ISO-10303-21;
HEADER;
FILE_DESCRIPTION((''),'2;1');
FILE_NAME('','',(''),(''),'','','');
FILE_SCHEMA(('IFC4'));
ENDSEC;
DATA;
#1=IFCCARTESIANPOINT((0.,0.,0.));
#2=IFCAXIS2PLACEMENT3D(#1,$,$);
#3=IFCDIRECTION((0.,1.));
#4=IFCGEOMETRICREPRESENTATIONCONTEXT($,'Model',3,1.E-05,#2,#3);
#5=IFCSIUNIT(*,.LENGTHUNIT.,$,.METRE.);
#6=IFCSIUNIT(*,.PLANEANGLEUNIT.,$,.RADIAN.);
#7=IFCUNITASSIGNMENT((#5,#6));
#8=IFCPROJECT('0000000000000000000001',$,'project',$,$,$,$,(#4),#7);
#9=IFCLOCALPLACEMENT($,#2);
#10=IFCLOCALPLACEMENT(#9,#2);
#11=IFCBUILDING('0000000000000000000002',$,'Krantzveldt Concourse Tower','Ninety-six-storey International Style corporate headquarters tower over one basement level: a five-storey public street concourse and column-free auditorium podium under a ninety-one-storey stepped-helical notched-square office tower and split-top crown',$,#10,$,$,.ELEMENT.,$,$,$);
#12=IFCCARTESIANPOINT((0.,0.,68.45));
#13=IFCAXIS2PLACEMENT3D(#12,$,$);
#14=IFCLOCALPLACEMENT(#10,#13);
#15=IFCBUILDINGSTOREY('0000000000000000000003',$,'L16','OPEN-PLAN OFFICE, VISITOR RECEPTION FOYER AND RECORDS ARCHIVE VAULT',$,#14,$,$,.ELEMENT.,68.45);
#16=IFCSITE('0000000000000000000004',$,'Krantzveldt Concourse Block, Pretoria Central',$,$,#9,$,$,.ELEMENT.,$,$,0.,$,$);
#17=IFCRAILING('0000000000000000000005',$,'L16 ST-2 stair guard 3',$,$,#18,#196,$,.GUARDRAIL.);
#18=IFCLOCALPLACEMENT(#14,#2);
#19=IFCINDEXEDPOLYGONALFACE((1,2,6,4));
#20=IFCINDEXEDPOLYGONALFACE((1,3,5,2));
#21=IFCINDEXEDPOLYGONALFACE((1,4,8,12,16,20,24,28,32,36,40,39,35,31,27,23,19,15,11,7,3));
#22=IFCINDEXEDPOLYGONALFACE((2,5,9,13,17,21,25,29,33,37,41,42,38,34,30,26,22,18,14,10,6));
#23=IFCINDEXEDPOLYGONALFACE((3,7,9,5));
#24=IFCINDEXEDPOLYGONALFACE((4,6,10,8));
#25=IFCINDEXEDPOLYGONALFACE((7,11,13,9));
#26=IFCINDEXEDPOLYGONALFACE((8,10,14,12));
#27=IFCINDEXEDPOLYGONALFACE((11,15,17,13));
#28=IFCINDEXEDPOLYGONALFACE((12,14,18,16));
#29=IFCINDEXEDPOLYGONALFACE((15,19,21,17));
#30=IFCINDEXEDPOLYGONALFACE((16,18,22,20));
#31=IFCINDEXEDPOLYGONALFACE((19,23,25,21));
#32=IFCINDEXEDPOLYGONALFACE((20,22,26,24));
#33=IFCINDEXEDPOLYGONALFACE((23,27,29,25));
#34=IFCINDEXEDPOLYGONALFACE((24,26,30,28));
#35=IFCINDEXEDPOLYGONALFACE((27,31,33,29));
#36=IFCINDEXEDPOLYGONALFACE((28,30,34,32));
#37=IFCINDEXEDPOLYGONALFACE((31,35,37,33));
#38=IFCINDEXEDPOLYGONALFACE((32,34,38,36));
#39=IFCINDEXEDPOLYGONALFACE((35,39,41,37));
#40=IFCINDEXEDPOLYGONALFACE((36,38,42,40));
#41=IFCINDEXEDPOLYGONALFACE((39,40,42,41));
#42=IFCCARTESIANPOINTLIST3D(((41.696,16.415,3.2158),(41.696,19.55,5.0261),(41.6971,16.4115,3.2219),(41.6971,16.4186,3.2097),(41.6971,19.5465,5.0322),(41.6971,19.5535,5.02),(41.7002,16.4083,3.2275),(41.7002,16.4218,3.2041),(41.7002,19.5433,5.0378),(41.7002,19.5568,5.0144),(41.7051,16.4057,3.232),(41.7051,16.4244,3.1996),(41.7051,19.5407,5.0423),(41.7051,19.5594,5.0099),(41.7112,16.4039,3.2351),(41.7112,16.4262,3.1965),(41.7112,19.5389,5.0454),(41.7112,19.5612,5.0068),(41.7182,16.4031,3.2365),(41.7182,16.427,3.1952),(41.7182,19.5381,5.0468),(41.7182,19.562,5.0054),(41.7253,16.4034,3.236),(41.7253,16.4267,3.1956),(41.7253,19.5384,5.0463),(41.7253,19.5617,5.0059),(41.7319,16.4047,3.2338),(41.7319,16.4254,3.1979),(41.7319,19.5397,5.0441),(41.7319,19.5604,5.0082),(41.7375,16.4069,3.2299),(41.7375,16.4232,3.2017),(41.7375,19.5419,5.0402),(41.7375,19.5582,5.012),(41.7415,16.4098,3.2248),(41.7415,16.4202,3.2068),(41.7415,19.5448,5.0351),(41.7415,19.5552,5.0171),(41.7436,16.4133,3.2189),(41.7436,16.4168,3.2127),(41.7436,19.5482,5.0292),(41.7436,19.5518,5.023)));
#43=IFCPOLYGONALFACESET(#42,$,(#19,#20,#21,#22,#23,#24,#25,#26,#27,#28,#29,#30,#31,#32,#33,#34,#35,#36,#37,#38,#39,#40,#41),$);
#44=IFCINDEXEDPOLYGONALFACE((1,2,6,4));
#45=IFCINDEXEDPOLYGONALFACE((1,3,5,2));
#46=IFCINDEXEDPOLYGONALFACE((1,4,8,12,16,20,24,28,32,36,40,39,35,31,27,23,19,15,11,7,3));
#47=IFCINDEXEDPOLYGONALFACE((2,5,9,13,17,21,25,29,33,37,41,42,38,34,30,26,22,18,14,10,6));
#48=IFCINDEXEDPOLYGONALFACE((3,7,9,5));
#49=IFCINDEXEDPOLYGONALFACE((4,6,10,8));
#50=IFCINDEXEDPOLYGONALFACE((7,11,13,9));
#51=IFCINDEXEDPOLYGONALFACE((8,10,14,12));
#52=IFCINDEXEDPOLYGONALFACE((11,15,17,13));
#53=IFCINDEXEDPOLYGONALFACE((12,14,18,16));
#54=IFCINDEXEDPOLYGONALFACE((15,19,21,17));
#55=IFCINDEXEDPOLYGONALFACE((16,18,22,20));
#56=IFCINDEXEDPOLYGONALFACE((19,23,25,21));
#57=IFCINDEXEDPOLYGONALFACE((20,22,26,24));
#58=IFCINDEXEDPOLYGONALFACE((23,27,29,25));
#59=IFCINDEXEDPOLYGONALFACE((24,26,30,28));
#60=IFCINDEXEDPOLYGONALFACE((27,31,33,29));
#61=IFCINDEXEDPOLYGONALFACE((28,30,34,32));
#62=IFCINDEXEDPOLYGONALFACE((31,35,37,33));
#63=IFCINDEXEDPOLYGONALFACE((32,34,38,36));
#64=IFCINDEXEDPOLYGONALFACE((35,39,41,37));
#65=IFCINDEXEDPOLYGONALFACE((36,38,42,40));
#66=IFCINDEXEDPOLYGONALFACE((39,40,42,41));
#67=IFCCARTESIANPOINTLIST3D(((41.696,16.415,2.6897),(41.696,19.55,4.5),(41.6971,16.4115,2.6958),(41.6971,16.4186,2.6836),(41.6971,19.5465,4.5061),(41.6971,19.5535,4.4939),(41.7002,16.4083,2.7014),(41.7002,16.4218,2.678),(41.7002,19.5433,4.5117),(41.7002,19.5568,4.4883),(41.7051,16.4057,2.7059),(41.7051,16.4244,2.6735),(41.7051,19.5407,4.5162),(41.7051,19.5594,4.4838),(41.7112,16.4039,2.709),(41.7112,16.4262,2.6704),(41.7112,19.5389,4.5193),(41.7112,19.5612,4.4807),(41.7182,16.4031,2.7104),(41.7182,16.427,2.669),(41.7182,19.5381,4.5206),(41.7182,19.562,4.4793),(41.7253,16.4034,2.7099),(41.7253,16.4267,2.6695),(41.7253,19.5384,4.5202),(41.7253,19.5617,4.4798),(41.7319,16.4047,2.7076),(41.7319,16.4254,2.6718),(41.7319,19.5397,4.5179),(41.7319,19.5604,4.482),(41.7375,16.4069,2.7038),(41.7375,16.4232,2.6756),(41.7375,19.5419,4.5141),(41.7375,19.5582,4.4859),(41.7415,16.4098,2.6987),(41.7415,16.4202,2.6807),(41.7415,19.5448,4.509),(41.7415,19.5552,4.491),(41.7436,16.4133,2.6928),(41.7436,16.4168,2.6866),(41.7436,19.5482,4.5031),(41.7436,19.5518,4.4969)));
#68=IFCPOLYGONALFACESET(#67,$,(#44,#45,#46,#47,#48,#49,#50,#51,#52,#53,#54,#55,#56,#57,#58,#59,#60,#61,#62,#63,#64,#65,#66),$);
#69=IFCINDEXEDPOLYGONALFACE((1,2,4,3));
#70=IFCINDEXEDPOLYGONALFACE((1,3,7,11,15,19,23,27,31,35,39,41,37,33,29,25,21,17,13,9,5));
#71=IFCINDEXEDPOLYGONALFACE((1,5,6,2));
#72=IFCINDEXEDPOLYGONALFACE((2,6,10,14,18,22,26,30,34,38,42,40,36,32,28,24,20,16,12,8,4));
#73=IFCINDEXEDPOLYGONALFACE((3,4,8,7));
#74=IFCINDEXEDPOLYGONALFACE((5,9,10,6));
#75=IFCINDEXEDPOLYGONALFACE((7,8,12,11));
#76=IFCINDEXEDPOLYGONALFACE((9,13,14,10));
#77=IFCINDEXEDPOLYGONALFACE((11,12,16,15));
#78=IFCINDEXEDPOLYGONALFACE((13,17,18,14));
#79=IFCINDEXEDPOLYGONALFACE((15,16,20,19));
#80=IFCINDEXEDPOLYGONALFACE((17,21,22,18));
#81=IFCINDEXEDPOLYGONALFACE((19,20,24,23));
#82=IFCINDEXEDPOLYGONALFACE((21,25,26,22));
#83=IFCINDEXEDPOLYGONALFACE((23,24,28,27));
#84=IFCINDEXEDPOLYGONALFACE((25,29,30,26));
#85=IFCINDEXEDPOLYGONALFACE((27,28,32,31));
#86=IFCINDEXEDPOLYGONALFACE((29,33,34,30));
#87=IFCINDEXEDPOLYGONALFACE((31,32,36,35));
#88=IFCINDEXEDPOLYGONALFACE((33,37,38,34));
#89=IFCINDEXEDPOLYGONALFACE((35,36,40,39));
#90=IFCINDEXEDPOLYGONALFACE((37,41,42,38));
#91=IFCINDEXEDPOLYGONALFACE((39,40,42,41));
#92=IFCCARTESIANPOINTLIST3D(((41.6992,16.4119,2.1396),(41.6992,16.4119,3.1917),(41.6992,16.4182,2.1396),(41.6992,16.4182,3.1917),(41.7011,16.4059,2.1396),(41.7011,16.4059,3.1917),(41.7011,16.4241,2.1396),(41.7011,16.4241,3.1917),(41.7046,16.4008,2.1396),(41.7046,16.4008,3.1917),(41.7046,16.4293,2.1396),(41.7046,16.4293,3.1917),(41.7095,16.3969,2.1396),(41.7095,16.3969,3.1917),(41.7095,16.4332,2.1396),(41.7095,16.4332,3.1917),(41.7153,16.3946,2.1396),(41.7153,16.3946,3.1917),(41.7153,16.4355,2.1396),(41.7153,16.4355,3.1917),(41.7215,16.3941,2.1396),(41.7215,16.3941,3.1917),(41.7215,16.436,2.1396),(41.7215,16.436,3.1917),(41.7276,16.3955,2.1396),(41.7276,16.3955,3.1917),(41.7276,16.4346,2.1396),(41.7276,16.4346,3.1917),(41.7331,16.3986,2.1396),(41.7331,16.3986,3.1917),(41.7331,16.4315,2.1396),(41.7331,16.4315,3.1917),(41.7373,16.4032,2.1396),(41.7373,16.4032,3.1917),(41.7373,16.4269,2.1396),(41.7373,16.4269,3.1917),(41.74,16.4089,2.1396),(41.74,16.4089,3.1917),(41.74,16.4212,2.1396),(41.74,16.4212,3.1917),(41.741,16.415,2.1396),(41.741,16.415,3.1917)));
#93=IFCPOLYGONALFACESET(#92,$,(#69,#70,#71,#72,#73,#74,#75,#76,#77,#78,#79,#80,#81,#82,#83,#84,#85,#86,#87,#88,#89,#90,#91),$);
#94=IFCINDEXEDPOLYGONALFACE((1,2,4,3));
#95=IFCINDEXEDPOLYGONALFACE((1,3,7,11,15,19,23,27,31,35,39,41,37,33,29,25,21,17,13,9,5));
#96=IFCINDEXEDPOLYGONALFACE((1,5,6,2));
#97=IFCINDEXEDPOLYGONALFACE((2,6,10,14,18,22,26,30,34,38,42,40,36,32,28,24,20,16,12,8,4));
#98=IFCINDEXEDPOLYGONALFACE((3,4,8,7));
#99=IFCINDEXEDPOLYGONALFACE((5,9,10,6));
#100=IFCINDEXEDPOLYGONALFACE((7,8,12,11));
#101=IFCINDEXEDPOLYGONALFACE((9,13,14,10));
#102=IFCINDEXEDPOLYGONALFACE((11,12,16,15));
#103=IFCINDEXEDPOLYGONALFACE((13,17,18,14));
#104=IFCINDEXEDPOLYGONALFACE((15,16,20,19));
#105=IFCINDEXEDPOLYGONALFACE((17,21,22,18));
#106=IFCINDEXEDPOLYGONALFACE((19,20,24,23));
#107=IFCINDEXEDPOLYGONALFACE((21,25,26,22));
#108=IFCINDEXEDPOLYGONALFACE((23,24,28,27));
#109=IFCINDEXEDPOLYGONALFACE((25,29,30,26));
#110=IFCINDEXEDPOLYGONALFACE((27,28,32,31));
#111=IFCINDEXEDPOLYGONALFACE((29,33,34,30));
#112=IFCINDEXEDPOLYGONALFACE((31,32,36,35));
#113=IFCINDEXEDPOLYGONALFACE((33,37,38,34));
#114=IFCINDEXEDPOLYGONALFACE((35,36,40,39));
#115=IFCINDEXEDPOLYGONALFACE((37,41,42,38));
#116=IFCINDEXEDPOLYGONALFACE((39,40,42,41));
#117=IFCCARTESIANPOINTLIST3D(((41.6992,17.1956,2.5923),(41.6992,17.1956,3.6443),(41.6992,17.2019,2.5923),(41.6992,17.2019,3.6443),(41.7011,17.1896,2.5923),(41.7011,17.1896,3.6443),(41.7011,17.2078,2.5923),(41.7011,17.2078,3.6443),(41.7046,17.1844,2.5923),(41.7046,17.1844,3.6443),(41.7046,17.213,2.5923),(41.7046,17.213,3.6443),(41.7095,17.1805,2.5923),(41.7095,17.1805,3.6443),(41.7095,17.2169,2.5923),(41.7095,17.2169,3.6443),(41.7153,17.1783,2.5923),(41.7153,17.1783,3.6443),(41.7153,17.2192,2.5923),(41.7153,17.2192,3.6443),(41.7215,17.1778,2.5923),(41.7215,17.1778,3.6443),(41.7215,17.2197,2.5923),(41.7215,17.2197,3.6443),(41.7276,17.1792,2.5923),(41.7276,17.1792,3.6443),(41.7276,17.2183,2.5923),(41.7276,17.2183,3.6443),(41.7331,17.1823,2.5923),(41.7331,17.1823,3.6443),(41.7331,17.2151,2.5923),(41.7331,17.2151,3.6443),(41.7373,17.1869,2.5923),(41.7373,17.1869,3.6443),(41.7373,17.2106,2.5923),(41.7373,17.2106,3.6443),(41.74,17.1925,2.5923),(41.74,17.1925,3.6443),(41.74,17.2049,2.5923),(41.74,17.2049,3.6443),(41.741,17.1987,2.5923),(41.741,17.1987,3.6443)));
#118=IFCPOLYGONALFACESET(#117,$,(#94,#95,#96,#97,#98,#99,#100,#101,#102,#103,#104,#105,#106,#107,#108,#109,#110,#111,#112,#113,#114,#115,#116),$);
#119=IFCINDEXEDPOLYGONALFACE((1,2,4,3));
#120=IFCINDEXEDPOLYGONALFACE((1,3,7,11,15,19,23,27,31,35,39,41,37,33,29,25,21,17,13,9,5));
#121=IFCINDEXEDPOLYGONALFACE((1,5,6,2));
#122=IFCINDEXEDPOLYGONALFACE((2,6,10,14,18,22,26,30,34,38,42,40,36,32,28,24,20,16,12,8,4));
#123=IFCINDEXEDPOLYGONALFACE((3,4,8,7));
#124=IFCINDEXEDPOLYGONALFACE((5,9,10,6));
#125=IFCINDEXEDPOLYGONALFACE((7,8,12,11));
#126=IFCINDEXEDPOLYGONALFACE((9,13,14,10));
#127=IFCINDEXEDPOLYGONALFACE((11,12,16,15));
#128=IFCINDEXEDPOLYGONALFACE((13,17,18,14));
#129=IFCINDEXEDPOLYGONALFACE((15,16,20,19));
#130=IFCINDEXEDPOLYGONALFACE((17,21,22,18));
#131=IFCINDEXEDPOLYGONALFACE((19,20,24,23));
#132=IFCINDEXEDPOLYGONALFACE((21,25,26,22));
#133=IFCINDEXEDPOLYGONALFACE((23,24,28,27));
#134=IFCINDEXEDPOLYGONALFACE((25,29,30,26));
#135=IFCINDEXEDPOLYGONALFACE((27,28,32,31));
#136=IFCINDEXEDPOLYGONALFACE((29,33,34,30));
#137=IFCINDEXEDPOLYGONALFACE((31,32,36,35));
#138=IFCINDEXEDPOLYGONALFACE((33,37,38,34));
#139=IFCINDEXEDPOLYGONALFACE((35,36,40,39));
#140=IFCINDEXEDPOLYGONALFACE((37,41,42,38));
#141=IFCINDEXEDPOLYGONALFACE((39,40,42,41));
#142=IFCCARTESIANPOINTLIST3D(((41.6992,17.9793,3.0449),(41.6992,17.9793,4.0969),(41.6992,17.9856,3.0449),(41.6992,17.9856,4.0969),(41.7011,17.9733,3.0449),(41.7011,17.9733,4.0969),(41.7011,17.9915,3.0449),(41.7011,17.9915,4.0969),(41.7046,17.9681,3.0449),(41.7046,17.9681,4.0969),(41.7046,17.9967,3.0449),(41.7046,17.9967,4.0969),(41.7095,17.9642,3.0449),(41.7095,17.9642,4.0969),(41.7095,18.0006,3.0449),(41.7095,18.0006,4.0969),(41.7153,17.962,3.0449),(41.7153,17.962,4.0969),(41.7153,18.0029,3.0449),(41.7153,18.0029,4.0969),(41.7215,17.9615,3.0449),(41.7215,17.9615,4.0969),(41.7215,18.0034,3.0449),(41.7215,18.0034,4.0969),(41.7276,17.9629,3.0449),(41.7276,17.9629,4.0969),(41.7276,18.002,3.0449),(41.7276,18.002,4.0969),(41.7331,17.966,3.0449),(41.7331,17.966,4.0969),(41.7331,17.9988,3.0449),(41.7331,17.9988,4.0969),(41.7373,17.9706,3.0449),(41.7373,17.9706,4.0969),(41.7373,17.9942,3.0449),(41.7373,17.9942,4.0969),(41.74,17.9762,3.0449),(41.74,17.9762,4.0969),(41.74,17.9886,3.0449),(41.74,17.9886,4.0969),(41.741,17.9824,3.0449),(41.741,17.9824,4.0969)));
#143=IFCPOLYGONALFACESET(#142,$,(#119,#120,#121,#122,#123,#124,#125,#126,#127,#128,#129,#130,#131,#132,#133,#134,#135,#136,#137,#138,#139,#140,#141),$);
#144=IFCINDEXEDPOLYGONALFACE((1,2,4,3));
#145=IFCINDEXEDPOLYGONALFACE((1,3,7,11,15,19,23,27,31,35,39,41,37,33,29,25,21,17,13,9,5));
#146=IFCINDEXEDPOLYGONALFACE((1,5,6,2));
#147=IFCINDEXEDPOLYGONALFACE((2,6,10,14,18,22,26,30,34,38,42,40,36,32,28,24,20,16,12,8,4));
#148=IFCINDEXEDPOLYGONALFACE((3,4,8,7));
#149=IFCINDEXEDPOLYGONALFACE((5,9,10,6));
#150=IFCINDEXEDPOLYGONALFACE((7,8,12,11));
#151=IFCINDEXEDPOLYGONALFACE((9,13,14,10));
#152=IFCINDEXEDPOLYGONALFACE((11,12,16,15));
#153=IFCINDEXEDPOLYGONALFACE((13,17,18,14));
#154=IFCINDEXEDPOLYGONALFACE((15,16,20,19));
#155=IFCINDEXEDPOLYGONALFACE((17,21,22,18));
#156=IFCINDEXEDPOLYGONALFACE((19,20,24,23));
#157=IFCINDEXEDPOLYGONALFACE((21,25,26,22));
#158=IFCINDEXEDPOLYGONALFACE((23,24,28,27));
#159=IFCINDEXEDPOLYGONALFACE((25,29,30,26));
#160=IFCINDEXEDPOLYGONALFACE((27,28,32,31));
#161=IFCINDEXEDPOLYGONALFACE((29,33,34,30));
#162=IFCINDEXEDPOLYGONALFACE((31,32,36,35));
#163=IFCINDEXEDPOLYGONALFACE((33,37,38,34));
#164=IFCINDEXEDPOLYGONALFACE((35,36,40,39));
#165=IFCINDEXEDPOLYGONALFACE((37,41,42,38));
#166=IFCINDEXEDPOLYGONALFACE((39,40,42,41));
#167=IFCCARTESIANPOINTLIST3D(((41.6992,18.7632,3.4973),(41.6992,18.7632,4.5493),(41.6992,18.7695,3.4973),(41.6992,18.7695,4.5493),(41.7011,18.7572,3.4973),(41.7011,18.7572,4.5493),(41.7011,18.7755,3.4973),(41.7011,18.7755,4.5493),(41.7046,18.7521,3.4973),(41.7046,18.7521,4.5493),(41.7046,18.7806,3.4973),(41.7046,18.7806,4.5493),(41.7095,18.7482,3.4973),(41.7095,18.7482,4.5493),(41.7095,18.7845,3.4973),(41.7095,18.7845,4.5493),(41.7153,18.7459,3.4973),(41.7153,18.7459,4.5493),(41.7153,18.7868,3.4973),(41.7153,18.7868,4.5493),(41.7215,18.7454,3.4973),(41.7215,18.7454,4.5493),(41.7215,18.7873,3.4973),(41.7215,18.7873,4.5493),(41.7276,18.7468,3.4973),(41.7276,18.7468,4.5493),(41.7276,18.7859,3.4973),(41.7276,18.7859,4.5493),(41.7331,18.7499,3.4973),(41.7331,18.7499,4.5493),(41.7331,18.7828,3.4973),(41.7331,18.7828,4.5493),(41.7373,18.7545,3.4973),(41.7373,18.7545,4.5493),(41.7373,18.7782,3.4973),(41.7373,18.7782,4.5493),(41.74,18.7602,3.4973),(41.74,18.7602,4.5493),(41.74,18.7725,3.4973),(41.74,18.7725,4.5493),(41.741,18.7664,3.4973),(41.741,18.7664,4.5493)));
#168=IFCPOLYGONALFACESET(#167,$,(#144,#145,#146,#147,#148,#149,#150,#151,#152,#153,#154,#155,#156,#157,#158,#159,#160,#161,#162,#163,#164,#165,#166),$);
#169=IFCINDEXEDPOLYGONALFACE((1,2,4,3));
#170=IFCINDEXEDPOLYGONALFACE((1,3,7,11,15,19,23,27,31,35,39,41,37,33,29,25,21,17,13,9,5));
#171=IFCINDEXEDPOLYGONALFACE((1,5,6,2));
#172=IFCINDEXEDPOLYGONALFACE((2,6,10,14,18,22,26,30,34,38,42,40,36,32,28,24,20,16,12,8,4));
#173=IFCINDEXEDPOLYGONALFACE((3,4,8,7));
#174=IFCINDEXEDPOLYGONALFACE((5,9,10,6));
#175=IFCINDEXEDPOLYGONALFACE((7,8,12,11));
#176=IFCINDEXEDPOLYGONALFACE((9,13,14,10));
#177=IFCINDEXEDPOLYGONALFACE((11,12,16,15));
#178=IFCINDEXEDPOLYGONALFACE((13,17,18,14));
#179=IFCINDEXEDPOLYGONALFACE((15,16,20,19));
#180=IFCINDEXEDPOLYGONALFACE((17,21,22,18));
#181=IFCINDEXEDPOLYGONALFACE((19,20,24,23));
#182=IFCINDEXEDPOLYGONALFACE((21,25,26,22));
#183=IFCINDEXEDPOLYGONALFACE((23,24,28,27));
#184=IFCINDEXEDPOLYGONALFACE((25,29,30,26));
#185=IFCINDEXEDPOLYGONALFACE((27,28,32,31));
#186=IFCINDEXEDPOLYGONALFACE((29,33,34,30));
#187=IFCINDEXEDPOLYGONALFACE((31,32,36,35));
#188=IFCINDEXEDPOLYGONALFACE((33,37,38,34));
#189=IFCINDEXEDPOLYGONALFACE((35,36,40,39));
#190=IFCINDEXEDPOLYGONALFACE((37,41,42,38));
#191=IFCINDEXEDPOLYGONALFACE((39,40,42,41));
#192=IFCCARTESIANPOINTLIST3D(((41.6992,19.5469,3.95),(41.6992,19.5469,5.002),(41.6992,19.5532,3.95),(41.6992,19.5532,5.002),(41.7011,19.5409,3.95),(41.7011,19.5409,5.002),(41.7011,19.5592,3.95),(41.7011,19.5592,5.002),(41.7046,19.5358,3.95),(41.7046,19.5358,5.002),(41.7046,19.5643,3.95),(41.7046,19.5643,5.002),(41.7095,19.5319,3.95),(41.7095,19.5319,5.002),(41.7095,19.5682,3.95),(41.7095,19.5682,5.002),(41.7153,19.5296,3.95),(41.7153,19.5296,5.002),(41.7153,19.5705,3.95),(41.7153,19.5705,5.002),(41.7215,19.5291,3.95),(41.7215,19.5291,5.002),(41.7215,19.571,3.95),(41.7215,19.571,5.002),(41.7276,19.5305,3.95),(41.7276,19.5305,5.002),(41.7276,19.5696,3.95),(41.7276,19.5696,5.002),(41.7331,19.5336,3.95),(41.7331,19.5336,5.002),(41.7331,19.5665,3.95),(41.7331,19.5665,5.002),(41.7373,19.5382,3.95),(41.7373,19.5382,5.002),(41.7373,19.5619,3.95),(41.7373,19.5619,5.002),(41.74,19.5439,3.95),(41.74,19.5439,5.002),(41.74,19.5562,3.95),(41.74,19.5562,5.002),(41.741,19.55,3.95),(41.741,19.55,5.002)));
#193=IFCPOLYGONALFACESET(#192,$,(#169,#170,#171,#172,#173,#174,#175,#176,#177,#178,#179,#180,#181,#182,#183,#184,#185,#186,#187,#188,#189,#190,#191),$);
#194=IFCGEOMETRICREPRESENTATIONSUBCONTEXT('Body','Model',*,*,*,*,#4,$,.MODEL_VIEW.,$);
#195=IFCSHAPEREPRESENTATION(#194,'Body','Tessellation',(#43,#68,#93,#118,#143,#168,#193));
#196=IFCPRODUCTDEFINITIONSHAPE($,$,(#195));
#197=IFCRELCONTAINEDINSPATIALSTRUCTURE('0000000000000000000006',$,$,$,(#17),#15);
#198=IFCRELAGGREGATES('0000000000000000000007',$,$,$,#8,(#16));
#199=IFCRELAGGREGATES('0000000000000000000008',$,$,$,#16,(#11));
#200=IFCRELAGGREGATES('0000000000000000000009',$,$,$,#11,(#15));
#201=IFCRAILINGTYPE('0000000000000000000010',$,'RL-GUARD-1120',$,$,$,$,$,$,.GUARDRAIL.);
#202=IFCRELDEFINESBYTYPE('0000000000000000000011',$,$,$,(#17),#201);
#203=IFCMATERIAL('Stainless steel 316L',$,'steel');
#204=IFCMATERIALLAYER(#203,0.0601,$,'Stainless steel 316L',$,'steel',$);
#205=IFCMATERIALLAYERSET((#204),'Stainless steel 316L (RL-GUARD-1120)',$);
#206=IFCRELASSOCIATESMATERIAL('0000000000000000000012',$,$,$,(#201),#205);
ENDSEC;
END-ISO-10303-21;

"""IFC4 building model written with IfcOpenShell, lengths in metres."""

from ifc_helpers import new_model, si_unit, direction, frame, origin, origin_2d, place, context, subcontext, project, spatial, circle, extrude, material, layer, layer_set, type_object, element, save


model = new_model("IFC4")

# Units and contexts
model_context = context("Model", 3, precision=1e-05, world=origin(), true_north=direction((0.0, 1.0)))
body_context = subcontext(model_context, "Body", "Model", "MODEL_VIEW")
ifc_project = project(units=[si_unit("LENGTHUNIT", "METRE"), si_unit("PLANEANGLEUNIT", "RADIAN")], contexts=[model_context])

# Site, building, storey
site_placement = place(None, origin())
site = spatial("IfcSite", under=ifc_project, at=site_placement, Name="Krantzveldt Concourse Block, Pretoria Central", CompositionType="ELEMENT", RefElevation=0.0)
building_placement = place(site_placement, origin())
building = spatial("IfcBuilding", under=site, at=building_placement, Name="Krantzveldt Concourse Tower", Description="Ninety-six-storey International Style corporate headquarters tower over one basement level: a five-storey public street concourse and column-free auditorium podium under a ninety-one-storey stepped-helical notched-square office tower and split-top crown", CompositionType="ELEMENT")
storey_placement = place(building_placement, frame((0.0, 0.0, 68.45)))
storey = spatial("IfcBuildingStorey", under=building, at=storey_placement, Name="L16", Description="OPEN-PLAN OFFICE, VISITOR RECEPTION FOYER AND RECORDS ARCHIVE VAULT", CompositionType="ELEMENT", Elevation=68.45)

# Shared definitions
ifc_material_1 = material(Name="Stainless steel 316L", Category="steel")

# Railing
ifc_layer_1 = layer(ifc_material_1, 0.0601, Name="Stainless steel 316L", Category="steel")
ifc_layer_set_1 = layer_set([ifc_layer_1], Name="Stainless steel 316L (RL-GUARD-1120)")
railing_type_1 = type_object("IfcRailingType", Name="RL-GUARD-1120", PredefinedType="GUARDRAIL", material=ifc_layer_set_1)
railing_1_placement = place(storey_placement, frame((41.72, 16.415, 2.1396)))
element("IfcRailing", 1, at=railing_1_placement, inside=storey, type_object=railing_type_1, Name="L16 ST-2 stair guard 3", PredefinedType="GUARDRAIL", context=body_context, shape_type="SweptSolid", body=[
    extrude(circle(Radius=0.0239, at=origin_2d()), frame((0.0, 0.0, 1.0762), z_axis=(0.0, 0.865989, 0.500063), x_axis=(-1.0, 0.0, 0.0)), (0.0, 0.0, 1.0), 3.6201),
    extrude(circle(Radius=0.0239, at=origin_2d()), frame((0.0, 0.0, 0.55), z_axis=(0.0, 0.865989, 0.500063), x_axis=(-1.0, 0.0, 0.0)), (0.0, 0.0, 1.0), 3.6201),
    extrude(circle(Radius=0.021, at=origin_2d()), origin(), (0.0, 0.0, 1.0), 1.052),
    extrude(circle(Radius=0.021, at=origin_2d()), frame((0.0, 0.7837, 0.4526)), (0.0, 0.0, 1.0), 1.052),
    extrude(circle(Radius=0.021, at=origin_2d()), frame((0.0, 1.5674, 0.9053)), (0.0, 0.0, 1.0), 1.052),
    extrude(circle(Radius=0.021, at=origin_2d()), frame((0.0, 2.3513, 1.3577)), (0.0, 0.0, 1.0), 1.052),
    extrude(circle(Radius=0.021, at=origin_2d()), frame((0.0, 3.135, 1.8103)), (0.0, 0.0, 1.0), 1.052),
])

save(model, "model.ifc")
